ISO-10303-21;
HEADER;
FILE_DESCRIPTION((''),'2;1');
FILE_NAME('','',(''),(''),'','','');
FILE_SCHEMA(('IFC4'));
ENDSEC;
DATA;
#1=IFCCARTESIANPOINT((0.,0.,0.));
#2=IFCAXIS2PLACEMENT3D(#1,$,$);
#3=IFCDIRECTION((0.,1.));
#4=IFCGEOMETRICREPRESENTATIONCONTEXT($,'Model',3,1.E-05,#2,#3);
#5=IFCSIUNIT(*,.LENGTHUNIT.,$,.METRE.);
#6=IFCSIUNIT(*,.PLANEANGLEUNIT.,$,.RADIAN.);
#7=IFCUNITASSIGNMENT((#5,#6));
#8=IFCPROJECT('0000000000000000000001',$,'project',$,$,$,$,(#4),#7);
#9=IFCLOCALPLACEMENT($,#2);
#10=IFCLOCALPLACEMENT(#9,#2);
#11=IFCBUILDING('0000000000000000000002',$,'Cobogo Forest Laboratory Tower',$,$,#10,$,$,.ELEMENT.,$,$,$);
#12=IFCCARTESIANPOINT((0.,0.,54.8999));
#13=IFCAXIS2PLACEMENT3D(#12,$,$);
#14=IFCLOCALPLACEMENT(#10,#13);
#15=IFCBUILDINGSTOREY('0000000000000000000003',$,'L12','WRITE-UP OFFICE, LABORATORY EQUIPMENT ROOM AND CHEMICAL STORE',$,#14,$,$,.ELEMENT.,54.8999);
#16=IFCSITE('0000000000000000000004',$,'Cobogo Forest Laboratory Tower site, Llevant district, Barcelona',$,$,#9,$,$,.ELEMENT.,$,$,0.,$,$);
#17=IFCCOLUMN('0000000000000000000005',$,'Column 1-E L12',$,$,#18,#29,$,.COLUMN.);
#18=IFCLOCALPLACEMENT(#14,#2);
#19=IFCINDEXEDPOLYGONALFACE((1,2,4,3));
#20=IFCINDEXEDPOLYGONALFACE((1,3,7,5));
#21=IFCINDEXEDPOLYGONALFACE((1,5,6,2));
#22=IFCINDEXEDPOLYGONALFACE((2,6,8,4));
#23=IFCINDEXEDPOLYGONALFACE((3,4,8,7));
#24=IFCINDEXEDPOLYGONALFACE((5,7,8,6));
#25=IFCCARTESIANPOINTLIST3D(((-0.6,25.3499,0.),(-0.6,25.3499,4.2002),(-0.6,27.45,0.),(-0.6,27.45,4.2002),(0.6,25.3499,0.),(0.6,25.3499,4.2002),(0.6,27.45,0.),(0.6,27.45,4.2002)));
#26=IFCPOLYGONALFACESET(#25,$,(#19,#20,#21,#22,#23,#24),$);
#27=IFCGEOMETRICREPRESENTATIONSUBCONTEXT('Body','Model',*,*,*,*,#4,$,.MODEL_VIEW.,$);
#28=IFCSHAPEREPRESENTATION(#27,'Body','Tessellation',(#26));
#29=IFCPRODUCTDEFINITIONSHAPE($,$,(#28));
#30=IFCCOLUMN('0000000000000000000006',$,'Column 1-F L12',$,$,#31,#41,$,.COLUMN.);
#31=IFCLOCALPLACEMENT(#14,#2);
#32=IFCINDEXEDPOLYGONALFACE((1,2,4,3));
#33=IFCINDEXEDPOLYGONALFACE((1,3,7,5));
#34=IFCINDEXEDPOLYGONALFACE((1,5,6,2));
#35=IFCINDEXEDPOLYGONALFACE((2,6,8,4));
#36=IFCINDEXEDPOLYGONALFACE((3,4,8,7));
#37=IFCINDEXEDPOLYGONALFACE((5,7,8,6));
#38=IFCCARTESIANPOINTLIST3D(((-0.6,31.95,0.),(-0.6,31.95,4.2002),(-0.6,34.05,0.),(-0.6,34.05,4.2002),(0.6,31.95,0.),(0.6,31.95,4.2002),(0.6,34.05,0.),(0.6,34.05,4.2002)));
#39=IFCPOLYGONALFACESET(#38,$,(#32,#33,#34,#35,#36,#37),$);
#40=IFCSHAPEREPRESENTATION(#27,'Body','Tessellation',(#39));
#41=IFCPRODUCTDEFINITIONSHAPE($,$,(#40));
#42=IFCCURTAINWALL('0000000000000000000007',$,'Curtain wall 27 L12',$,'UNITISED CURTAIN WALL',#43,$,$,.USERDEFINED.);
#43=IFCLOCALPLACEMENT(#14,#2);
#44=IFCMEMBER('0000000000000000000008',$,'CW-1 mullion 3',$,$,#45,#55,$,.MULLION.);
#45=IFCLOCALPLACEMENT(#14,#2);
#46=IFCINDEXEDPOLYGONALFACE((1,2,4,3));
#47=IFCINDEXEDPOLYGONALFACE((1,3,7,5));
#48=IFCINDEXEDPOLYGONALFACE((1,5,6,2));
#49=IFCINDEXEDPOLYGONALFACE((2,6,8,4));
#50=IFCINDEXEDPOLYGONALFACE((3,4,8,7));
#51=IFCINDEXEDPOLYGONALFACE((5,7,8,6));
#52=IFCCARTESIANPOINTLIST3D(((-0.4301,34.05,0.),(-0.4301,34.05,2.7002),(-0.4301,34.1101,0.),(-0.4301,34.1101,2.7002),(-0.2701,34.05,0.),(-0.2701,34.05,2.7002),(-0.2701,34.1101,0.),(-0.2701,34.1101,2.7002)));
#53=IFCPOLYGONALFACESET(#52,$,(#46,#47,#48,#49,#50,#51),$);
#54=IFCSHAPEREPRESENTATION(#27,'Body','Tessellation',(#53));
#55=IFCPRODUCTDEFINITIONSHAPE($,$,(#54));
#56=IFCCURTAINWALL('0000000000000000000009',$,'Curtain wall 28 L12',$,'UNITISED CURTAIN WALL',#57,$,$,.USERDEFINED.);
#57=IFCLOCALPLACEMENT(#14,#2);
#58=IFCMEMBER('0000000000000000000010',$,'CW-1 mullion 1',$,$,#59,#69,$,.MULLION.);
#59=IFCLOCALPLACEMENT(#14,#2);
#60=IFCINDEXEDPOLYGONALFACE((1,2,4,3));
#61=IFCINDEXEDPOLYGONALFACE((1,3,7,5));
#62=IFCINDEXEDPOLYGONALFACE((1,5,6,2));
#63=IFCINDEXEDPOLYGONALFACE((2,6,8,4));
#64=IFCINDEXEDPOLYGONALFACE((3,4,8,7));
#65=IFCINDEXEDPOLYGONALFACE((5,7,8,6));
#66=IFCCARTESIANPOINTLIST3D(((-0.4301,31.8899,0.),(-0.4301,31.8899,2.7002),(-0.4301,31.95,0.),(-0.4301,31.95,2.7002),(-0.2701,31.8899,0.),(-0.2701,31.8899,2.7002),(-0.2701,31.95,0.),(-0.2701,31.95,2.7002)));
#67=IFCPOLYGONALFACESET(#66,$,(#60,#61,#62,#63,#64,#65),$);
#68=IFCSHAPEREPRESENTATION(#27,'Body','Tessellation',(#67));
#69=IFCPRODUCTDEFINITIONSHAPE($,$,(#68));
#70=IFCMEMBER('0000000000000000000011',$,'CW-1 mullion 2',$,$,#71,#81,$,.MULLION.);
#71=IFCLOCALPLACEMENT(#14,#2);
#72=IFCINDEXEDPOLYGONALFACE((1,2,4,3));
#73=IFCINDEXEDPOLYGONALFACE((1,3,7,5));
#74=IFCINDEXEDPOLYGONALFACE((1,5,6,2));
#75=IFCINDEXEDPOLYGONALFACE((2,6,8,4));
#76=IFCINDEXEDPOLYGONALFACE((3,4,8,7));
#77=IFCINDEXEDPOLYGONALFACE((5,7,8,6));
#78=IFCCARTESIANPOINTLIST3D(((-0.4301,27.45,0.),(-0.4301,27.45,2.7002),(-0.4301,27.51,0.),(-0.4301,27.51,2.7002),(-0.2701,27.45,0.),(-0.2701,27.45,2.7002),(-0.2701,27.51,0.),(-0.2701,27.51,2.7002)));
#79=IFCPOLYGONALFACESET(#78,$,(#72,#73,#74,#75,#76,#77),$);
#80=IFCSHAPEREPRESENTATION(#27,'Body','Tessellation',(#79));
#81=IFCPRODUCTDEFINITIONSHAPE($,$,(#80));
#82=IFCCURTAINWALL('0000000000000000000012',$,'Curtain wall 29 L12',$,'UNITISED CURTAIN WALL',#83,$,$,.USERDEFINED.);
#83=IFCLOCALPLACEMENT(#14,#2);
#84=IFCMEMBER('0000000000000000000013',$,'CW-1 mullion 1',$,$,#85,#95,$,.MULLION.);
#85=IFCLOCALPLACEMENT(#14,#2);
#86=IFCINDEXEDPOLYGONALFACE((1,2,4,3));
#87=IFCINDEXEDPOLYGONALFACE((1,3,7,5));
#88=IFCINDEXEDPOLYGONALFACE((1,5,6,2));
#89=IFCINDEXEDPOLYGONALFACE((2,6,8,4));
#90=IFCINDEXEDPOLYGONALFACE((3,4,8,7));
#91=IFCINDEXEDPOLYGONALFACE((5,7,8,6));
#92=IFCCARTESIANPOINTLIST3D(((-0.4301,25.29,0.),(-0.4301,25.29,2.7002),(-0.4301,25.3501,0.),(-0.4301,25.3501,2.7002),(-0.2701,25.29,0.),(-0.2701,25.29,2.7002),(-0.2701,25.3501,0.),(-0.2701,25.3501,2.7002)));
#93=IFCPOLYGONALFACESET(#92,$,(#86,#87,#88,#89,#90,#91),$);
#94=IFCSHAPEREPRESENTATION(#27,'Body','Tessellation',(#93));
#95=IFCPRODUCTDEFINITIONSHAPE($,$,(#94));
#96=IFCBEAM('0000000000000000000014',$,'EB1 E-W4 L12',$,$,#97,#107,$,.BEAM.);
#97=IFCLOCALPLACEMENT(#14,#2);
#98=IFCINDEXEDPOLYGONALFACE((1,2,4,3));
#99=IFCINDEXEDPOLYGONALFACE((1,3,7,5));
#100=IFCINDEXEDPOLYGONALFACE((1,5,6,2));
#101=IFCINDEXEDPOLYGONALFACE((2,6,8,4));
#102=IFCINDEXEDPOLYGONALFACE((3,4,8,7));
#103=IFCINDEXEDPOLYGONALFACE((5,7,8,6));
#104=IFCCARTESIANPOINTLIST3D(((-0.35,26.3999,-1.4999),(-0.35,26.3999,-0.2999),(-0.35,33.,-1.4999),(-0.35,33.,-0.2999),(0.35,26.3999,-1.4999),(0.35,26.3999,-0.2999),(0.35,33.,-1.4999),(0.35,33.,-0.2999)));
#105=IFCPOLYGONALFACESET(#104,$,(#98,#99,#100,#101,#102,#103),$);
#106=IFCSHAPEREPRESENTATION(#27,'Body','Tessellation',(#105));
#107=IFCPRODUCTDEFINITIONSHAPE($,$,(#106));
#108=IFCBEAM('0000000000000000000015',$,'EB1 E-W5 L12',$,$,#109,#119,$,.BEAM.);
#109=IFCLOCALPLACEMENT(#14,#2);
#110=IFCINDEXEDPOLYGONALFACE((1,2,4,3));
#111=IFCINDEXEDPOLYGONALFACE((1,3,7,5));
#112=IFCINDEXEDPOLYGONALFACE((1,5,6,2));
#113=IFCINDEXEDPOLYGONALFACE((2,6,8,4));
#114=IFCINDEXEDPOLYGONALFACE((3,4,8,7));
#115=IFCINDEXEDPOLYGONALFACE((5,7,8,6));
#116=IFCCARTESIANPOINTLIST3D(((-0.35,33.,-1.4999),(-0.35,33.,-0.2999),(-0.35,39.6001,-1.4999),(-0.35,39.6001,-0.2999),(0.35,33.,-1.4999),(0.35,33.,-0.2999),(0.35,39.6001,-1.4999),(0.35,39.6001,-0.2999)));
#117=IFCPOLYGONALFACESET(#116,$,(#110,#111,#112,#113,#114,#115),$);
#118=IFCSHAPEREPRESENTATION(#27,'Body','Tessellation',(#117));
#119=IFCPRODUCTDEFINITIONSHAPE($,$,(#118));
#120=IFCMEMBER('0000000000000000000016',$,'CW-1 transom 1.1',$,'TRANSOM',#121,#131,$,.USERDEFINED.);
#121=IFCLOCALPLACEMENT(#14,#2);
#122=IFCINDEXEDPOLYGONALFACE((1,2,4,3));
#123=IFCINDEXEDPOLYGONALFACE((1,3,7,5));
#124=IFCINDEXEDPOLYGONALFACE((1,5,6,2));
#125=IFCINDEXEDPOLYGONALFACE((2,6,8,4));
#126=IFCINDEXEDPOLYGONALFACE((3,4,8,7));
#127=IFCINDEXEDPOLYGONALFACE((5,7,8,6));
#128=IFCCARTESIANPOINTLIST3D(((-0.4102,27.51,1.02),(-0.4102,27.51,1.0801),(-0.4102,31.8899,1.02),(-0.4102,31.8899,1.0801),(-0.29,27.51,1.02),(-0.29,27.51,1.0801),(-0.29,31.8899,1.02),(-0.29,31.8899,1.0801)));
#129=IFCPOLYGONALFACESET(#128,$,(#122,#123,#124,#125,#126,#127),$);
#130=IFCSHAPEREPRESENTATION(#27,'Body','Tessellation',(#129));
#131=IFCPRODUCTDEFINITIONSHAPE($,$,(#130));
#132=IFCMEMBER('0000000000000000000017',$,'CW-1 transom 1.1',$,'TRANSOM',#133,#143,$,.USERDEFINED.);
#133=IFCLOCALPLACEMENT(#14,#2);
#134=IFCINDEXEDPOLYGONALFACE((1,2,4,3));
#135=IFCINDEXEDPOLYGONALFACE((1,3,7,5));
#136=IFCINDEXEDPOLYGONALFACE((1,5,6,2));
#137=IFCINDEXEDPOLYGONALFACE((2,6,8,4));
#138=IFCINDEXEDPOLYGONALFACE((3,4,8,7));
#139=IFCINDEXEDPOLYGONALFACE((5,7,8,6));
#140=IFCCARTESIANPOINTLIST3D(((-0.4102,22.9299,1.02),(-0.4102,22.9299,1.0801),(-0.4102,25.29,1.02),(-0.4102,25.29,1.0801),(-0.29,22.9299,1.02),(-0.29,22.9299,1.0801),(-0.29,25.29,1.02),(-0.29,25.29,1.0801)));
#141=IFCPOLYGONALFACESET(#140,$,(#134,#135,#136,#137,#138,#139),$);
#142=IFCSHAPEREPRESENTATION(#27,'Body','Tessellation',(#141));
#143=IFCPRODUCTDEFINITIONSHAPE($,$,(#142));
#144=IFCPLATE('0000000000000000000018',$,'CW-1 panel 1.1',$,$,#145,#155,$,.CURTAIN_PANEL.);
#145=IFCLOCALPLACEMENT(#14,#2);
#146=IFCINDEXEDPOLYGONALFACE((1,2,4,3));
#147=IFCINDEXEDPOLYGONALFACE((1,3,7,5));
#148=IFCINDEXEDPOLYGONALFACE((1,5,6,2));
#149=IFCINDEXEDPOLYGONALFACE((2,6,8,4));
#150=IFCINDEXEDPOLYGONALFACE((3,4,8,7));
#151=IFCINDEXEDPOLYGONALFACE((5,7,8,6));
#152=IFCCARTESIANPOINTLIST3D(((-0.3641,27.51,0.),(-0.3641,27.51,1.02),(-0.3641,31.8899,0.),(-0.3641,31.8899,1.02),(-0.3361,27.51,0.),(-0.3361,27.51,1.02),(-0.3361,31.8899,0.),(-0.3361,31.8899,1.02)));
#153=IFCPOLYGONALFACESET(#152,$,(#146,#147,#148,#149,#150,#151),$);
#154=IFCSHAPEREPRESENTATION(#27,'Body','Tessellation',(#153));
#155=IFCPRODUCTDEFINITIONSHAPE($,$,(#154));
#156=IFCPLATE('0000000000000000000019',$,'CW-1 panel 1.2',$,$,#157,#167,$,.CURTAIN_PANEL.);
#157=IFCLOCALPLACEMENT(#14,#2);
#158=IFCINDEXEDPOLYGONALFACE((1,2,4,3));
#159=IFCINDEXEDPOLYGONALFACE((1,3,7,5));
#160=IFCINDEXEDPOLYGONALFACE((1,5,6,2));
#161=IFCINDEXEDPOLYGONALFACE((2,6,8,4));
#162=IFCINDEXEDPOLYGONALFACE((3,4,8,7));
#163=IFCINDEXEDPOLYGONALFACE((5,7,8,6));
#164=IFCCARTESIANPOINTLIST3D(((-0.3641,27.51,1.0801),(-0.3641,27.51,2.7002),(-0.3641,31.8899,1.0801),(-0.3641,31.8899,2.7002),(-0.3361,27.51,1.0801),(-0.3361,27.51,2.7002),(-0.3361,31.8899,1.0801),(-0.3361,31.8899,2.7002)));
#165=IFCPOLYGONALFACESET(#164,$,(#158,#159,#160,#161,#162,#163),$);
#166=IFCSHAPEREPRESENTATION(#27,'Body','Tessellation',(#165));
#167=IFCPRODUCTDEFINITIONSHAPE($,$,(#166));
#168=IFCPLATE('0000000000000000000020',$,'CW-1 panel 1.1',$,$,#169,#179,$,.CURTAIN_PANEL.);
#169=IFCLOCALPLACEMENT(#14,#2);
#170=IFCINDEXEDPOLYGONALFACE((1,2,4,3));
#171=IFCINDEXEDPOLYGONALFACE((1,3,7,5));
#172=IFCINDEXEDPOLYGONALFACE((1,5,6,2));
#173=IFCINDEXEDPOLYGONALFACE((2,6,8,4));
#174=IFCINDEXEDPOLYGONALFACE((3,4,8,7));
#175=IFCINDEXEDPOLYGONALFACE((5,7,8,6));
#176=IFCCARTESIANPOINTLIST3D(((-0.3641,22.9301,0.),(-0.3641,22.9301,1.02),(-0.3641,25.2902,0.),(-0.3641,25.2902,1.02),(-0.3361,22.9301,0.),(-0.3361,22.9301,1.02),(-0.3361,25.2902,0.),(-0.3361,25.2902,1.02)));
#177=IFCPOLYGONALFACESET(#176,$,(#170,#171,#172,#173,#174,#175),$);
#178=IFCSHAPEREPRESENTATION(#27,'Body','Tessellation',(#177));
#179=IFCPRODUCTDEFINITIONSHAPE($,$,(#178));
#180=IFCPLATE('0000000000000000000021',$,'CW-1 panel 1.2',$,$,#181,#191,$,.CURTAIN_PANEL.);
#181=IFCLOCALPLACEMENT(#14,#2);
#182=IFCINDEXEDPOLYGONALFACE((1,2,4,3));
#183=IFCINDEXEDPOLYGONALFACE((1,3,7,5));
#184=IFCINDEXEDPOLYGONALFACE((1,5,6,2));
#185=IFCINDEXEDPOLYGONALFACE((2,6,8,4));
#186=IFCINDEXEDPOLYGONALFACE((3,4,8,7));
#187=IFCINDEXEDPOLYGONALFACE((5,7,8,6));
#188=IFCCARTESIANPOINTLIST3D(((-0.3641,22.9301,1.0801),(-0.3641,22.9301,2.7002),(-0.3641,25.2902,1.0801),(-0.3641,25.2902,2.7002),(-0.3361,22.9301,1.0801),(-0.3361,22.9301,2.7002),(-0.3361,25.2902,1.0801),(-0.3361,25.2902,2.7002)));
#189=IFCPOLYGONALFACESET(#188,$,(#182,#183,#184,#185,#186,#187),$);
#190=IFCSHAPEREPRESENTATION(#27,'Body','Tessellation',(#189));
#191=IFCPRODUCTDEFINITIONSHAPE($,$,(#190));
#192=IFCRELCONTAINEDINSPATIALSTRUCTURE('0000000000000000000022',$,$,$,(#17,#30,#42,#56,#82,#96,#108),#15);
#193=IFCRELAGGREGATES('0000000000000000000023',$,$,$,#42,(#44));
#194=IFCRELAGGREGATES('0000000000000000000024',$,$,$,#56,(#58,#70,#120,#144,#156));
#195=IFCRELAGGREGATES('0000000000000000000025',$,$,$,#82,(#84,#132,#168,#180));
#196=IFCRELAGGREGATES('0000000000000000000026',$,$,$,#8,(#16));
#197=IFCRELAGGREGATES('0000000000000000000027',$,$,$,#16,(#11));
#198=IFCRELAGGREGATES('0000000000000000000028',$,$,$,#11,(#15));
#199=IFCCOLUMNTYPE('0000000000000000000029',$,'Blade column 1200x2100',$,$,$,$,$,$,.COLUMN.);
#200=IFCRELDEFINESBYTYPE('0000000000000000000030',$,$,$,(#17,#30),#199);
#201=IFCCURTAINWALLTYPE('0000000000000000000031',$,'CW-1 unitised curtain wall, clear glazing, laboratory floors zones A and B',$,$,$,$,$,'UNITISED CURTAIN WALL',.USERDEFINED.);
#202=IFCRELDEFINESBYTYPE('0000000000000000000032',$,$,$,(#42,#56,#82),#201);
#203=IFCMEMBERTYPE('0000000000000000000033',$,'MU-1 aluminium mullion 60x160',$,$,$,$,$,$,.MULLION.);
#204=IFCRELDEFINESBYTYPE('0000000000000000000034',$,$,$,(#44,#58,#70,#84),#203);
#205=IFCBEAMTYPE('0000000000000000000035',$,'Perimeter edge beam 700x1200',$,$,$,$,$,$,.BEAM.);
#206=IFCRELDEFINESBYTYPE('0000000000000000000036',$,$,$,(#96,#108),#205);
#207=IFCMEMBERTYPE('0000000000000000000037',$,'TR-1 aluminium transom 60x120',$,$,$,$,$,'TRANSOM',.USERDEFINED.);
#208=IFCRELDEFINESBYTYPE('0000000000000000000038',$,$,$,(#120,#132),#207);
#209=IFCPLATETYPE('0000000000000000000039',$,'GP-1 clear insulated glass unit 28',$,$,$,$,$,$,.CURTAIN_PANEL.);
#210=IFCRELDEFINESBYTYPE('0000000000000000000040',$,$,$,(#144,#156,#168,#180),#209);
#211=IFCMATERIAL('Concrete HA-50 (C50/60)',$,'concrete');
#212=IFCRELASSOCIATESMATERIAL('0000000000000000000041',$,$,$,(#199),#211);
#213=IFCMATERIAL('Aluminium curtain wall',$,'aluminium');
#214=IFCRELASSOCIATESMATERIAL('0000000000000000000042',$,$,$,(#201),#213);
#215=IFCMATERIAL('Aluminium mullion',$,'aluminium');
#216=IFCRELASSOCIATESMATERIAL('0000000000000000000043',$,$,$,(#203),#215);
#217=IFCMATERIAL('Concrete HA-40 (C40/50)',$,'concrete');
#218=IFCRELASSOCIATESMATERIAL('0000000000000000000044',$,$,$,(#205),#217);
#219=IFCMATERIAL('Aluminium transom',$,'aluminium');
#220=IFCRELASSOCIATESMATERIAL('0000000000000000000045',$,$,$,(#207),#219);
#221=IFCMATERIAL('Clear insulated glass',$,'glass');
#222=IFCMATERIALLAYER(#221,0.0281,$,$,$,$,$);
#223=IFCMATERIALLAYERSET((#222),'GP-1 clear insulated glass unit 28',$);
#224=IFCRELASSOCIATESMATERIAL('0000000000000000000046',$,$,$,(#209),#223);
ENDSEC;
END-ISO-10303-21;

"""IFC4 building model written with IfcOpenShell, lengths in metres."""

from ifc_helpers import new_model, si_unit, direction, frame, origin, origin_2d, place, context, subcontext, project, spatial, rectangle, extrude, material, layer, layer_set, material_profile, profile_set, type_object, element, aggregate, save


model = new_model("IFC4")

# Units and contexts
model_context = context("Model", 3, precision=1e-05, world=origin(), true_north=direction((0.0, 1.0)))
body_context = subcontext(model_context, "Body", "Model", "MODEL_VIEW")
ifc_project = project(units=[si_unit("LENGTHUNIT", "METRE"), si_unit("PLANEANGLEUNIT", "RADIAN")], contexts=[model_context])

# Site, building, storey
site_placement = place(None, origin())
site = spatial("IfcSite", under=ifc_project, at=site_placement, Name="Cobogo Forest Laboratory Tower site, Llevant district, Barcelona", CompositionType="ELEMENT", RefElevation=0.0)
building_placement = place(site_placement, origin())
building = spatial("IfcBuilding", under=site, at=building_placement, Name="Cobogo Forest Laboratory Tower", CompositionType="ELEMENT")
storey_placement = place(building_placement, frame((0.0, 0.0, 54.8999)))
storey = spatial("IfcBuildingStorey", under=building, at=storey_placement, Name="L12", Description="WRITE-UP OFFICE, LABORATORY EQUIPMENT ROOM AND CHEMICAL STORE", CompositionType="ELEMENT", Elevation=54.8999)

# Columns
ifc_material_1 = material(Name="Concrete HA-50 (C50/60)", Category="concrete")
ifc_material_profile_1 = material_profile(ifc_material_1, rectangle(XDim=2.1001, YDim=1.2, at=origin_2d()), Name="RC 1200x2100")
ifc_profile_set_1 = profile_set([ifc_material_profile_1], Name="Concrete HA-50 (C50/60)")
column_type = type_object("IfcColumnType", Name="Blade column 1200x2100", PredefinedType="COLUMN", material=ifc_profile_set_1)
for number, where, z_axis, x_axis, name in (
    (1, (0.0, 26.3999, 0.0), (0.0, 0.0, 1.0), (0.0, 1.0, 0.0), "Column 1-E L12"),
    (2, (0.0, 33.0, 0.0), (0.0, 0.0, 1.0), (0.0, 1.0, 0.0), "Column 1-F L12"),
):
    element("IfcColumn", number, at=place(storey_placement, frame(where, z_axis=z_axis, x_axis=x_axis)), inside=storey, type_object=column_type, Name=name, PredefinedType="COLUMN", context=body_context, shape_type="SweptSolid", body=[
        extrude(rectangle(XDim=2.1001, YDim=1.2, at=origin_2d()), origin(), (0.0, 0.0, 1.0), 4.2002),
    ])

# Curtain wall, member
ifc_material_2 = material(Name="Aluminium curtain wall", Category="aluminium")
curtain_wall_type = type_object("IfcCurtainWallType", Name="CW-1 unitised curtain wall, clear glazing, laboratory floors zones A and B", ElementType="UNITISED CURTAIN WALL", PredefinedType="USERDEFINED", material=ifc_material_2)
curtain_wall_1_placement = place(storey_placement, origin())
curtain_wall_1 = element("IfcCurtainWall", 3, at=curtain_wall_1_placement, inside=storey, type_object=curtain_wall_type, Name="Curtain wall 27 L12", ObjectType="UNITISED CURTAIN WALL", PredefinedType="USERDEFINED")
ifc_material_3 = material(Name="Aluminium mullion", Category="aluminium")
ifc_material_profile_2 = material_profile(ifc_material_3, rectangle(XDim=0.0601, YDim=0.1599, at=origin_2d()), Name="AL 60x160")
ifc_profile_set_2 = profile_set([ifc_material_profile_2], Name="Aluminium mullion")
member_type_1 = type_object("IfcMemberType", Name="MU-1 aluminium mullion 60x160", PredefinedType="MULLION", material=ifc_profile_set_2)
member_1_placement = place(storey_placement, frame((-0.3501, 34.0801, 0.0), z_axis=(0.0, 0.0, 1.0), x_axis=(0.0, -1.0, 0.0)))
member_1 = element("IfcMember", 4, at=member_1_placement, type_object=member_type_1, Name="CW-1 mullion 3", PredefinedType="MULLION", context=body_context, shape_type="SweptSolid", body=[
    extrude(rectangle(XDim=0.0601, YDim=0.1599, at=origin_2d()), origin(), (0.0, 0.0, 1.0), 2.7002),
])
aggregate(curtain_wall_1, [member_1])

# Curtain wall, members
curtain_wall_2_placement = place(storey_placement, origin())
curtain_wall_2 = element("IfcCurtainWall", 5, at=curtain_wall_2_placement, inside=storey, type_object=curtain_wall_type, Name="Curtain wall 28 L12", ObjectType="UNITISED CURTAIN WALL", PredefinedType="USERDEFINED")
member_2_placement = place(storey_placement, frame((-0.3501, 31.9199, 0.0), z_axis=(0.0, 0.0, 1.0), x_axis=(0.0, -1.0, 0.0)))
member_2 = element("IfcMember", 6, at=member_2_placement, type_object=member_type_1, Name="CW-1 mullion 1", PredefinedType="MULLION", context=body_context, shape_type="SweptSolid", body=[
    extrude(rectangle(XDim=0.0601, YDim=0.1599, at=origin_2d()), origin(), (0.0, 0.0, 1.0), 2.7002),
])
member_3_placement = place(storey_placement, frame((-0.3501, 27.48, 0.0), z_axis=(0.0, 0.0, 1.0), x_axis=(0.0, -1.0, 0.0)))
member_3 = element("IfcMember", 7, at=member_3_placement, type_object=member_type_1, Name="CW-1 mullion 2", PredefinedType="MULLION", context=body_context, shape_type="SweptSolid", body=[
    extrude(rectangle(XDim=0.0601, YDim=0.1599, at=origin_2d()), origin(), (0.0, 0.0, 1.0), 2.7002),
])

# Curtain wall, member
curtain_wall_3_placement = place(storey_placement, origin())
curtain_wall_3 = element("IfcCurtainWall", 8, at=curtain_wall_3_placement, inside=storey, type_object=curtain_wall_type, Name="Curtain wall 29 L12", ObjectType="UNITISED CURTAIN WALL", PredefinedType="USERDEFINED")
member_4_placement = place(storey_placement, frame((-0.3501, 25.3201, 0.0), z_axis=(0.0, 0.0, 1.0), x_axis=(0.0, -1.0, 0.0)))
member_4 = element("IfcMember", 9, at=member_4_placement, type_object=member_type_1, Name="CW-1 mullion 1", PredefinedType="MULLION", context=body_context, shape_type="SweptSolid", body=[
    extrude(rectangle(XDim=0.0601, YDim=0.1599, at=origin_2d()), origin(), (0.0, 0.0, 1.0), 2.7002),
])

# Beams
ifc_material_4 = material(Name="Concrete HA-40 (C40/50)", Category="concrete")
ifc_material_profile_3 = material_profile(ifc_material_4, rectangle(XDim=0.7, YDim=1.2, at=origin_2d()), Name="RC 700x1200")
ifc_profile_set_3 = profile_set([ifc_material_profile_3], Name="Concrete HA-40 (C40/50)")
beam_type = type_object("IfcBeamType", Name="Perimeter edge beam 700x1200", PredefinedType="BEAM", material=ifc_profile_set_3)
for number, where, z_axis, x_axis, name in (
    (10, (0.0, 26.3999, -0.8999), (0.0, 1.0, 0.0), (-1.0, 0.0, 0.0), "EB1 E-W4 L12"),
    (11, (0.0, 33.0, -0.8999), (0.0, 1.0, 0.0), (-1.0, 0.0, 0.0), "EB1 E-W5 L12"),
):
    element("IfcBeam", number, at=place(storey_placement, frame(where, z_axis=z_axis, x_axis=x_axis)), inside=storey, type_object=beam_type, Name=name, PredefinedType="BEAM", context=body_context, shape_type="SweptSolid", body=[
        extrude(rectangle(XDim=0.7, YDim=1.2, at=origin_2d()), origin(), (0.0, 0.0, 1.0), 6.6001),
    ])

# Members
ifc_material_5 = material(Name="Aluminium transom", Category="aluminium")
ifc_material_profile_4 = material_profile(ifc_material_5, rectangle(XDim=0.1201, YDim=0.0601, at=origin_2d()), Name="AL 60x120")
ifc_profile_set_4 = profile_set([ifc_material_profile_4], Name="Aluminium transom")
member_type_2 = type_object("IfcMemberType", Name="TR-1 aluminium transom 60x120", ElementType="TRANSOM", PredefinedType="USERDEFINED", material=ifc_profile_set_4)
member_5_placement = place(storey_placement, frame((-0.3501, 31.8899, 1.05), z_axis=(0.0, -1.0, 0.0), x_axis=(1.0, 0.0, 0.0)))
member_5 = element("IfcMember", 12, at=member_5_placement, type_object=member_type_2, Name="CW-1 transom 1.1", ObjectType="TRANSOM", PredefinedType="USERDEFINED", context=body_context, shape_type="SweptSolid", body=[
    extrude(rectangle(XDim=0.1201, YDim=0.0601, at=origin_2d()), origin(), (0.0, 0.0, 1.0), 4.3799),
])
member_6_placement = place(storey_placement, frame((-0.3501, 25.29, 1.05), z_axis=(0.0, -1.0, 0.0), x_axis=(1.0, 0.0, 0.0)))
member_6 = element("IfcMember", 13, at=member_6_placement, type_object=member_type_2, Name="CW-1 transom 1.1", ObjectType="TRANSOM", PredefinedType="USERDEFINED", context=body_context, shape_type="SweptSolid", body=[
    extrude(rectangle(XDim=0.1201, YDim=0.0601, at=origin_2d()), origin(), (0.0, 0.0, 1.0), 2.3601),
])

# Plates
ifc_material_6 = material(Name="Clear insulated glass", Category="glass")
ifc_layer_1 = layer(ifc_material_6, 0.0281)
ifc_layer_set_1 = layer_set([ifc_layer_1], Name="GP-1 clear insulated glass unit 28")
plate_type_1 = type_object("IfcPlateType", Name="GP-1 clear insulated glass unit 28", PredefinedType="CURTAIN_PANEL", material=ifc_layer_set_1)
plate_1_placement = place(storey_placement, frame((-0.3501, 29.7, 0.0), z_axis=(0.0, 0.0, 1.0), x_axis=(0.0, -1.0, 0.0)))
plate_1 = element("IfcPlate", 14, at=plate_1_placement, type_object=plate_type_1, Name="CW-1 panel 1.1", PredefinedType="CURTAIN_PANEL", context=body_context, shape_type="SweptSolid", body=[
    extrude(rectangle(XDim=4.3799, YDim=0.0281, at=origin_2d()), origin(), (0.0, 0.0, 1.0), 1.02),
])
plate_2_placement = place(storey_placement, frame((-0.3501, 29.7, 1.0801), z_axis=(0.0, 0.0, 1.0), x_axis=(0.0, -1.0, 0.0)))
plate_2 = element("IfcPlate", 15, at=plate_2_placement, type_object=plate_type_1, Name="CW-1 panel 1.2", PredefinedType="CURTAIN_PANEL", context=body_context, shape_type="SweptSolid", body=[
    extrude(rectangle(XDim=4.3799, YDim=0.0281, at=origin_2d()), origin(), (0.0, 0.0, 1.0), 1.6201),
])
aggregate(curtain_wall_2, [member_2, member_3, member_5, plate_1, plate_2])
plate_3_placement = place(storey_placement, frame((-0.3501, 24.1101, 0.0), z_axis=(0.0, 0.0, 1.0), x_axis=(0.0, -1.0, 0.0)))
plate_3 = element("IfcPlate", 16, at=plate_3_placement, type_object=plate_type_1, Name="CW-1 panel 1.1", PredefinedType="CURTAIN_PANEL", context=body_context, shape_type="SweptSolid", body=[
    extrude(rectangle(XDim=2.3601, YDim=0.0281, at=origin_2d()), origin(), (0.0, 0.0, 1.0), 1.02),
])
plate_4_placement = place(storey_placement, frame((-0.3501, 24.1101, 1.0801), z_axis=(0.0, 0.0, 1.0), x_axis=(0.0, -1.0, 0.0)))
plate_4 = element("IfcPlate", 17, at=plate_4_placement, type_object=plate_type_1, Name="CW-1 panel 1.2", PredefinedType="CURTAIN_PANEL", context=body_context, shape_type="SweptSolid", body=[
    extrude(rectangle(XDim=2.3601, YDim=0.0281, at=origin_2d()), origin(), (0.0, 0.0, 1.0), 1.6201),
])
aggregate(curtain_wall_3, [member_4, member_6, plate_3, plate_4])

save(model, "model.ifc")
